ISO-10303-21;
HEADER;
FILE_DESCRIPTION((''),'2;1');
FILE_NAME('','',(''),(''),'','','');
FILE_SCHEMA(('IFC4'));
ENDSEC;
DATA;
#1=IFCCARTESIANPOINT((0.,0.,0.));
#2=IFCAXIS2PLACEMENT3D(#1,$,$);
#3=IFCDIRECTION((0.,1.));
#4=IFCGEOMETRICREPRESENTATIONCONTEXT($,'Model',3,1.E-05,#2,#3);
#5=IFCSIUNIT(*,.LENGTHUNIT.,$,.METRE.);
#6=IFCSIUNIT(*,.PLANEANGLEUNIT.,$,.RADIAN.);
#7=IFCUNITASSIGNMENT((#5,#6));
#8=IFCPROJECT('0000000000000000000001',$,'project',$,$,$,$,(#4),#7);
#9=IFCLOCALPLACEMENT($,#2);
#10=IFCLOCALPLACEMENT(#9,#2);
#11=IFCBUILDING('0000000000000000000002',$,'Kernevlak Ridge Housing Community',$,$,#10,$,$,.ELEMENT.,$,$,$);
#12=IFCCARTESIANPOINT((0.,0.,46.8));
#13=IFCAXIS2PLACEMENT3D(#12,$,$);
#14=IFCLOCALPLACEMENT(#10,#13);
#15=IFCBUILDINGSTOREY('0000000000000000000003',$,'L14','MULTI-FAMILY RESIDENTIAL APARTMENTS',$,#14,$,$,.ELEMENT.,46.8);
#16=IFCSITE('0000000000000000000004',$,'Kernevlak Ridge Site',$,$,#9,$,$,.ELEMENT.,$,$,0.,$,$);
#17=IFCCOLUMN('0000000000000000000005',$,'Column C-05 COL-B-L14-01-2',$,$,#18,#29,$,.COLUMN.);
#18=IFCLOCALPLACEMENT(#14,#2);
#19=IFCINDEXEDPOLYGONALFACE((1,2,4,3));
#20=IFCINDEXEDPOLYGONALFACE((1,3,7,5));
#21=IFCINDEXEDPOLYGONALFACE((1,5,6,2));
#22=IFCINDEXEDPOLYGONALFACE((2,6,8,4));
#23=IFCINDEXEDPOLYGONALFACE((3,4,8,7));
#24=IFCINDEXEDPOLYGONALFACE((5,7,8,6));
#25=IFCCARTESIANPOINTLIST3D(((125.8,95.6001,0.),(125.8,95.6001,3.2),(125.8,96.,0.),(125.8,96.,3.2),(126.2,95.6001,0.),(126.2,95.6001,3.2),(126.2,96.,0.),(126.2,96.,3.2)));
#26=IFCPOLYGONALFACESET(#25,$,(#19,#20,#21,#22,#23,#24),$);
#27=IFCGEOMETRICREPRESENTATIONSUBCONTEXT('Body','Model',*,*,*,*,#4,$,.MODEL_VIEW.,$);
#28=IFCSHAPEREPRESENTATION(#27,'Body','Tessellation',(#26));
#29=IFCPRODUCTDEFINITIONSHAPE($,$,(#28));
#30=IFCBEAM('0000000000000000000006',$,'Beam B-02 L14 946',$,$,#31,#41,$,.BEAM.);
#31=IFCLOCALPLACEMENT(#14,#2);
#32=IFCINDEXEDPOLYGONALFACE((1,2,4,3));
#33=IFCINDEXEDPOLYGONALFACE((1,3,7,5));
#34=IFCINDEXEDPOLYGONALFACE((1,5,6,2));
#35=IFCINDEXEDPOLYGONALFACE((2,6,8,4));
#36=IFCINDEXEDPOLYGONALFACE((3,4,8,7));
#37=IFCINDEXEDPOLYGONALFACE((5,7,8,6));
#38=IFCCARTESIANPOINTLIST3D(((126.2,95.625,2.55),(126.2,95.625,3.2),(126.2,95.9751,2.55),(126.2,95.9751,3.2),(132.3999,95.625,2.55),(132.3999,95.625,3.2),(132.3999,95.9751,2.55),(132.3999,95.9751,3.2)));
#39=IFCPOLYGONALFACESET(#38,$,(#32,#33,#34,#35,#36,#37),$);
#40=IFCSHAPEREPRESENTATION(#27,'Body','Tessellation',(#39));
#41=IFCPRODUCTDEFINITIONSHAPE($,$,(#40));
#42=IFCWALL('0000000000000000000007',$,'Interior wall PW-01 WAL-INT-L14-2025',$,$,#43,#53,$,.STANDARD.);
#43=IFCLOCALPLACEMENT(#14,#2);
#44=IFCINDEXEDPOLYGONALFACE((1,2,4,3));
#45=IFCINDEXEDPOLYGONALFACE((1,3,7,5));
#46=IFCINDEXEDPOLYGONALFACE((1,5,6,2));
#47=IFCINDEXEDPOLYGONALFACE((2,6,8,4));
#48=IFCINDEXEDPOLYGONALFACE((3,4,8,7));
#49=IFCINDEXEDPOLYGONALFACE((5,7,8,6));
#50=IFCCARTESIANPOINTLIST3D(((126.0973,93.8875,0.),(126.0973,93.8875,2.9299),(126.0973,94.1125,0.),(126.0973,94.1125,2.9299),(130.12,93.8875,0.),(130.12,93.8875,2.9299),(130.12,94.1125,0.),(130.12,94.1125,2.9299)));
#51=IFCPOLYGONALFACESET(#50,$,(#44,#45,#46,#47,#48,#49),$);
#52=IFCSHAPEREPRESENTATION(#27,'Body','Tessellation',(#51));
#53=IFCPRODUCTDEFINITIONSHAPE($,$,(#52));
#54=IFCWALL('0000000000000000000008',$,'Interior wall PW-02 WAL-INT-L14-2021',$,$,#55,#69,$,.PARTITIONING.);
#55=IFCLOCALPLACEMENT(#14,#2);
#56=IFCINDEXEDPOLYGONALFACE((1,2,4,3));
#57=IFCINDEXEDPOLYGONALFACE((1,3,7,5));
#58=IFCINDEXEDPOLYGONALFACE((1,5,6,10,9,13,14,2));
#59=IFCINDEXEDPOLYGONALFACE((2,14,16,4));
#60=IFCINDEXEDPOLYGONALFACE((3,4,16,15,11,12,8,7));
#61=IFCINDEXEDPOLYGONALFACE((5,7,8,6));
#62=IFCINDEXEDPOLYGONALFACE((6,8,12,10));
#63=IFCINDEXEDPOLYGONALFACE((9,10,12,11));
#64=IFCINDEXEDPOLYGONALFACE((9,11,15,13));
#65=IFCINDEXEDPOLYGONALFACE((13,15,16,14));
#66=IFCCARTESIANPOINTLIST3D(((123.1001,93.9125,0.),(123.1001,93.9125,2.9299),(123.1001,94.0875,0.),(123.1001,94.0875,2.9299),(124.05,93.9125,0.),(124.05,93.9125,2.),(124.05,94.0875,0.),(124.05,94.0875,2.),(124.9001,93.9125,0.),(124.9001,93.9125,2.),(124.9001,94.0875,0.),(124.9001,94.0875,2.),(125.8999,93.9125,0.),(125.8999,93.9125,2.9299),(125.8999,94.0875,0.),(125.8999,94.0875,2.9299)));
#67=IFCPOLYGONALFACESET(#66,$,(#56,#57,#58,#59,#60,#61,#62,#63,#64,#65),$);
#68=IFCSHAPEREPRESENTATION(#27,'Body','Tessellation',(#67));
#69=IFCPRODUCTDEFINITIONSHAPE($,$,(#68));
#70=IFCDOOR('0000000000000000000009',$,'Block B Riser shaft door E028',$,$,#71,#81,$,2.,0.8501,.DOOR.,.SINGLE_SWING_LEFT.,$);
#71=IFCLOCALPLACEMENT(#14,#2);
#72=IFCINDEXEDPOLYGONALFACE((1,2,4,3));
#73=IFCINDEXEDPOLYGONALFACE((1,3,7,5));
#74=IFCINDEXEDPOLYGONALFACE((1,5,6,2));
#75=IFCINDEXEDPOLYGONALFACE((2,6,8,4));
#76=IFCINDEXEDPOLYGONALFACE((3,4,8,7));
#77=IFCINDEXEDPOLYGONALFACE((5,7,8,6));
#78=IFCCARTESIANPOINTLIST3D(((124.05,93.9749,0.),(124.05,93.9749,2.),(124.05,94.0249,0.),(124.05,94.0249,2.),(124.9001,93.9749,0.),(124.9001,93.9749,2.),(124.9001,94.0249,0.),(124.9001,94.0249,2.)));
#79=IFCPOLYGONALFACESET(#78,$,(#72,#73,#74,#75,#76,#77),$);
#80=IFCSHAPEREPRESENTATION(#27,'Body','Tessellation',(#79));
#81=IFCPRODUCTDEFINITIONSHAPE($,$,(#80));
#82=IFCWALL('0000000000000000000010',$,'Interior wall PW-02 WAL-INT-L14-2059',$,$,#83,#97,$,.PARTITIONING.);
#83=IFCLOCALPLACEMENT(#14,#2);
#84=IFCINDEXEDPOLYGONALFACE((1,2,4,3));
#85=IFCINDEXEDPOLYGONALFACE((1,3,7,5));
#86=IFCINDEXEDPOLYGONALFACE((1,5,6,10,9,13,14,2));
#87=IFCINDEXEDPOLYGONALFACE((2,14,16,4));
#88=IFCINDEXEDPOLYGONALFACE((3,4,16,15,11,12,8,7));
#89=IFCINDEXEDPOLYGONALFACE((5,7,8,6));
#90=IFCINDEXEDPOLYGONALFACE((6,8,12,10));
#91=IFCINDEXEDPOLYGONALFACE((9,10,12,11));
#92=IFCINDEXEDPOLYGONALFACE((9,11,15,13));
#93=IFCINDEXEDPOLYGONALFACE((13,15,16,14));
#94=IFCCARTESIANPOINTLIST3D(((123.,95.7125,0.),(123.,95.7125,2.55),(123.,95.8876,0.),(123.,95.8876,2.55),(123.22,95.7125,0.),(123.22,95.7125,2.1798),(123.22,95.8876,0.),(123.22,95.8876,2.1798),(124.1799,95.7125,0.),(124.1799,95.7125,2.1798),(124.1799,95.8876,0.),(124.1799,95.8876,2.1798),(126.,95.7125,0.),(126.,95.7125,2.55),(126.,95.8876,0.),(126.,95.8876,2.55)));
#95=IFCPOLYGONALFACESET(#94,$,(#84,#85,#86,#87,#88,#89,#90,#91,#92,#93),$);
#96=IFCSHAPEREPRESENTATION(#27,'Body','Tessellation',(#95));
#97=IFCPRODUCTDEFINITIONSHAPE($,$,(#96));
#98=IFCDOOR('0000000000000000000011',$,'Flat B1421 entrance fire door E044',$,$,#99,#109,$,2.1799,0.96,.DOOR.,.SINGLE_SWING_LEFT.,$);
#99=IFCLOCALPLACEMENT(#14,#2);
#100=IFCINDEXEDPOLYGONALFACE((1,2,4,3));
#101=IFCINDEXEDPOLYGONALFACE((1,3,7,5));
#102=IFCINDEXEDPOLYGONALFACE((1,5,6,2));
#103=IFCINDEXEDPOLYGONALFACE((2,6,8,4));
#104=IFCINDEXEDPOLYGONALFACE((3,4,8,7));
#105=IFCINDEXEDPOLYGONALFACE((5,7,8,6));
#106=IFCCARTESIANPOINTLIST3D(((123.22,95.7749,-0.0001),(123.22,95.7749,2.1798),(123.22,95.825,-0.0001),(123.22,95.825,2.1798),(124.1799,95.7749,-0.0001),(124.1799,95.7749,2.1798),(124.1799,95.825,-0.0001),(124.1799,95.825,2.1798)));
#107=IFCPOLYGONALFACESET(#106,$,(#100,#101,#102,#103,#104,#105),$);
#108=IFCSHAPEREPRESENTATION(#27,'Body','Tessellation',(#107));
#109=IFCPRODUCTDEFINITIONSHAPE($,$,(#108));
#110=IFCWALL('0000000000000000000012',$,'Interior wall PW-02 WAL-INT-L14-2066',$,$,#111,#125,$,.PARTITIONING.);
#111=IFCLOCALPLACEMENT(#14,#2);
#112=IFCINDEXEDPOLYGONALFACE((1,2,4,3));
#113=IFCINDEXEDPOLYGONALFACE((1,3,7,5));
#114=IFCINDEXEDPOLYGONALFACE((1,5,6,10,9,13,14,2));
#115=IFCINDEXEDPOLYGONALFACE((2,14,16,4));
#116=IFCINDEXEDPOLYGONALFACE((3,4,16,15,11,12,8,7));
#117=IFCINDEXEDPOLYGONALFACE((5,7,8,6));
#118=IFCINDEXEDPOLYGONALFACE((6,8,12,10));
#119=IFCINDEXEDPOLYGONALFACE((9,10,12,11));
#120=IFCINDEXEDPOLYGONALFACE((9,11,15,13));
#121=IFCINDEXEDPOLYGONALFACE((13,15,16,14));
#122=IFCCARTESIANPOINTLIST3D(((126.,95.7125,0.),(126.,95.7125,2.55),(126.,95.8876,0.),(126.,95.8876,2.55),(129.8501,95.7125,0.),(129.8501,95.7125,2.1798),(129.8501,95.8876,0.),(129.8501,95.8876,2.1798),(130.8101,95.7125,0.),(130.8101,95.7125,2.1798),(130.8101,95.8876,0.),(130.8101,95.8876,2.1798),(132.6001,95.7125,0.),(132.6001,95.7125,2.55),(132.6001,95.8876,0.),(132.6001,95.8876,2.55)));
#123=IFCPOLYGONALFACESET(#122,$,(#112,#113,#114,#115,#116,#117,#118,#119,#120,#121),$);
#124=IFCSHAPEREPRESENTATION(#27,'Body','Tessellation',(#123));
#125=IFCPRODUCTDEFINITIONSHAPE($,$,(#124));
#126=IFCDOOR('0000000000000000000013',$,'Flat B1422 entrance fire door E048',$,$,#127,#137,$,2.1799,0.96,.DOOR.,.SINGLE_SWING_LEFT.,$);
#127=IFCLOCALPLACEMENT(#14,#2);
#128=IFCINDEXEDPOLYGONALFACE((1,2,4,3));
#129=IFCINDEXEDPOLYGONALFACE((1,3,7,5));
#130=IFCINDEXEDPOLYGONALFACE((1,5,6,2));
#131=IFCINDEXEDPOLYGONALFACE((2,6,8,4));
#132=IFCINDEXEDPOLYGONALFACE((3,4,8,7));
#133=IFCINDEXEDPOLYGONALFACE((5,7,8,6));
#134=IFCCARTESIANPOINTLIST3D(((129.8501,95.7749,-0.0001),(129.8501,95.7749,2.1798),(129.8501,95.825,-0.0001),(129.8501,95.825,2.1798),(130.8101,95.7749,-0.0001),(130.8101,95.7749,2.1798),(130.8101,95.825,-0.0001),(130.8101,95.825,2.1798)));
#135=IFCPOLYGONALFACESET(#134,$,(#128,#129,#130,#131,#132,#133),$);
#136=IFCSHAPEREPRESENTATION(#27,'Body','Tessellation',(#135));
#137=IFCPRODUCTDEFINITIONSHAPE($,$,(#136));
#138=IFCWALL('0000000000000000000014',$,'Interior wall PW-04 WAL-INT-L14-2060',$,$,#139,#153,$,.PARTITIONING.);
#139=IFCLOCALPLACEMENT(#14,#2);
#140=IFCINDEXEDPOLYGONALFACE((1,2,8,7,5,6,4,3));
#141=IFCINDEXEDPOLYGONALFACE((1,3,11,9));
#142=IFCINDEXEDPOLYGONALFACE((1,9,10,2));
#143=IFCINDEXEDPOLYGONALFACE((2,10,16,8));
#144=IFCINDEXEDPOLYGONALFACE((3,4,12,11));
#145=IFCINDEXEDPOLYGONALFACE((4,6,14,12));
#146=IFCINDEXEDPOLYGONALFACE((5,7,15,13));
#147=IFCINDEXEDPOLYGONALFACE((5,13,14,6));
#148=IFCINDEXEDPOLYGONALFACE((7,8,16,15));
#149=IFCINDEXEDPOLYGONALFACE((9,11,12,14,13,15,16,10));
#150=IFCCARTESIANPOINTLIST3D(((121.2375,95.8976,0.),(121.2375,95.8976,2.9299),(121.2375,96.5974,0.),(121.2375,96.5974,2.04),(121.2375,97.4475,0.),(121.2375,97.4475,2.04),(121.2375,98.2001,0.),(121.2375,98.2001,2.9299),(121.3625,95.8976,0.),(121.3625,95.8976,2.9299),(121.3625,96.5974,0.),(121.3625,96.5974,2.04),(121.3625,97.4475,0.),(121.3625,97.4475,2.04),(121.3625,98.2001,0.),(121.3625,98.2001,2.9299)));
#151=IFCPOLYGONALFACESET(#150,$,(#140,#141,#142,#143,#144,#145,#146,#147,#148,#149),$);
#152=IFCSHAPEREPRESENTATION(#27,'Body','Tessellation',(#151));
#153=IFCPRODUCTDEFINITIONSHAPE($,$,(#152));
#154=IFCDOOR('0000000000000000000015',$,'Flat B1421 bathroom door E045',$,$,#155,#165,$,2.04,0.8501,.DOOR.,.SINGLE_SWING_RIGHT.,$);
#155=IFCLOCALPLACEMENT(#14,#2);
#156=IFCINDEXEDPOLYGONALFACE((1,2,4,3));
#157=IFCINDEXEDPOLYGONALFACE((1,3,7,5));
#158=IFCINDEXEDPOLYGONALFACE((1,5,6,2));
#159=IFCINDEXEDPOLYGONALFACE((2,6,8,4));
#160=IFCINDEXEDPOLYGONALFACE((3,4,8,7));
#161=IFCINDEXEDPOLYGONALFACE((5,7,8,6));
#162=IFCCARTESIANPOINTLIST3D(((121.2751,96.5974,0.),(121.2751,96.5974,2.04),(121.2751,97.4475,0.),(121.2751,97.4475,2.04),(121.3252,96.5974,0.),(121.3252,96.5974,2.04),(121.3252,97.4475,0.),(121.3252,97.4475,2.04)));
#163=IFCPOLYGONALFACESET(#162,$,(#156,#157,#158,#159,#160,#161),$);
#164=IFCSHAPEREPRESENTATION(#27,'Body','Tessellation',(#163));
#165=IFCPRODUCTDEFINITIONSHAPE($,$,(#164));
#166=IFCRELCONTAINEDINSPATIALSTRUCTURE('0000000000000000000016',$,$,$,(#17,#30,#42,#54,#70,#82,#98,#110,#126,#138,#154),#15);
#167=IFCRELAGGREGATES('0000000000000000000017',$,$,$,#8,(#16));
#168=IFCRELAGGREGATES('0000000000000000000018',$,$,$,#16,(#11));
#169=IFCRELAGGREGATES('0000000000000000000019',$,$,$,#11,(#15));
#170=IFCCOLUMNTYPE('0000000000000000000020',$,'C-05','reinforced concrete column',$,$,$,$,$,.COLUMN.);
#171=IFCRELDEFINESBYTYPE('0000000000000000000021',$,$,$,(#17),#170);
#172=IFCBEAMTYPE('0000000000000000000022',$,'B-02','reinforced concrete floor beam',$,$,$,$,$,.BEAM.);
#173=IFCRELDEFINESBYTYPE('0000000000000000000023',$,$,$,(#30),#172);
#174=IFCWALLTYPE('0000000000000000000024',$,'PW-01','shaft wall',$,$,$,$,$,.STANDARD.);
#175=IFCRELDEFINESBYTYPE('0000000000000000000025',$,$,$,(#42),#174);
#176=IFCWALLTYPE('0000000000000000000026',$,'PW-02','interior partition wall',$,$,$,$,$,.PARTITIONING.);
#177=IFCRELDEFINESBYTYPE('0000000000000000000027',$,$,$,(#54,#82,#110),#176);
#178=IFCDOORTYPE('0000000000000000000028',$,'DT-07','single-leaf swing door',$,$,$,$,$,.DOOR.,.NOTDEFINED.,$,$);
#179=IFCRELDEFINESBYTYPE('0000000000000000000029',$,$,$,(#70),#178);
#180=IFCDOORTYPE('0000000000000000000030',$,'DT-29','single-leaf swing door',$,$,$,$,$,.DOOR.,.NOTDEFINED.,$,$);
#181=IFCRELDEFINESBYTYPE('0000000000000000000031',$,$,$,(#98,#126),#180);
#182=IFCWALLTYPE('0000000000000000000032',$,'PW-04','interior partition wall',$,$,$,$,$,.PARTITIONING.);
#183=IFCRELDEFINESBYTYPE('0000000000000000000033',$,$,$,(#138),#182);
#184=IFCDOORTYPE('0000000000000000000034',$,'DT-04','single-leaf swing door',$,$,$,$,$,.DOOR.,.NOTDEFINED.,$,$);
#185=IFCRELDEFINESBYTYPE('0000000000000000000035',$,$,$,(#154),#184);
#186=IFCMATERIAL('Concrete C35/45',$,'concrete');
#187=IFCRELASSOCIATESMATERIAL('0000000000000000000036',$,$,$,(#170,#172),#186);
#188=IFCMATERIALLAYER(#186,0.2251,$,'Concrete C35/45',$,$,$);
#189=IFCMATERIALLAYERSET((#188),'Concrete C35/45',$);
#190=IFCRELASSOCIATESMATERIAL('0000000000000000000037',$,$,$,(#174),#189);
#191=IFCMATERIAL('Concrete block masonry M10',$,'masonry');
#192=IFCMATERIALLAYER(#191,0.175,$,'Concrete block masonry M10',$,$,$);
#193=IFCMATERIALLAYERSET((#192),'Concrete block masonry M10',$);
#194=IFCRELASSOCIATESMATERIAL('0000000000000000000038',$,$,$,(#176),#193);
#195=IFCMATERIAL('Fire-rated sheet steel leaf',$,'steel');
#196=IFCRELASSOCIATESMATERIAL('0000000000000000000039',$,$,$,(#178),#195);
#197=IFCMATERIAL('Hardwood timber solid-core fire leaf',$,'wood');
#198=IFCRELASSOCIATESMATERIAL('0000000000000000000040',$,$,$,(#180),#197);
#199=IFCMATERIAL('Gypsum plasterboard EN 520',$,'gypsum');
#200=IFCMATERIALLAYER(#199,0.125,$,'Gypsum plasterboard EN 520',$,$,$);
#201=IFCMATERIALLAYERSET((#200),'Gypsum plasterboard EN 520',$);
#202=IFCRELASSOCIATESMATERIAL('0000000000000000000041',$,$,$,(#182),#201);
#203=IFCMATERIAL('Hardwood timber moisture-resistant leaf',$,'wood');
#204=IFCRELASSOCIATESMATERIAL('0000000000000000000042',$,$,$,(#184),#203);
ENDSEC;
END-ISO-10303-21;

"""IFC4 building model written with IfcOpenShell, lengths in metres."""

from ifc_helpers import new_model, si_unit, direction, frame, frame_2d, origin, origin_2d, place, context, subcontext, project, spatial, rectangle, extrude, material, layer, layer_set, material_profile, profile_set, type_object, element, fill, save


model = new_model("IFC4")

# Units and contexts
model_context = context("Model", 3, precision=1e-05, world=origin(), true_north=direction((0.0, 1.0)))
body_context = subcontext(model_context, "Body", "Model", "MODEL_VIEW")
ifc_project = project(units=[si_unit("LENGTHUNIT", "METRE"), si_unit("PLANEANGLEUNIT", "RADIAN")], contexts=[model_context])

# Site, building, storey
site_placement = place(None, origin())
site = spatial("IfcSite", under=ifc_project, at=site_placement, Name="Kernevlak Ridge Site", CompositionType="ELEMENT", RefElevation=0.0)
building_placement = place(site_placement, origin())
building = spatial("IfcBuilding", under=site, at=building_placement, Name="Kernevlak Ridge Housing Community", CompositionType="ELEMENT")
storey_placement = place(building_placement, frame((0.0, 0.0, 46.8)))
storey = spatial("IfcBuildingStorey", under=building, at=storey_placement, Name="L14", Description="MULTI-FAMILY RESIDENTIAL APARTMENTS", CompositionType="ELEMENT", Elevation=46.8)

# Column
ifc_material_1 = material(Name="Concrete C35/45", Category="concrete")
ifc_material_profile_1 = material_profile(ifc_material_1, rectangle(XDim=0.3999, YDim=0.3999, at=origin_2d()), Name="RC 400x400")
ifc_profile_set_1 = profile_set([ifc_material_profile_1], Name="Concrete C35/45")
column_type = type_object("IfcColumnType", Name="C-05", Description="reinforced concrete column", PredefinedType="COLUMN", material=ifc_profile_set_1)
column_placement = place(storey_placement, frame((126.0, 95.8, 0.0), z_axis=(0.0, 0.0, 1.0), x_axis=(1.0, 0.0, 0.0)))
element("IfcColumn", 1, at=column_placement, inside=storey, type_object=column_type, Name="Column C-05 COL-B-L14-01-2", PredefinedType="COLUMN", context=body_context, shape_type="SweptSolid", body=[
    extrude(rectangle(XDim=0.3999, YDim=0.3999, at=origin_2d()), origin(), (0.0, 0.0, 1.0), 3.2),
])

# Beam
ifc_material_profile_2 = material_profile(ifc_material_1, rectangle(XDim=0.3501, YDim=0.6499, at=origin_2d()), Name="RC 350x650")
ifc_profile_set_2 = profile_set([ifc_material_profile_2], Name="Concrete C35/45")
beam_type = type_object("IfcBeamType", Name="B-02", Description="reinforced concrete floor beam", PredefinedType="BEAM", material=ifc_profile_set_2)
beam_placement = place(storey_placement, frame((126.2, 95.8, 2.875), z_axis=(1.0, 0.0, 0.0), x_axis=(0.0, 1.0, 0.0)))
element("IfcBeam", 2, at=beam_placement, inside=storey, type_object=beam_type, Name="Beam B-02 L14 946", PredefinedType="BEAM", context=body_context, shape_type="SweptSolid", body=[
    extrude(rectangle(XDim=0.3501, YDim=0.6499, at=origin_2d()), origin(), (0.0, 0.0, 1.0), 6.2),
])

# Wall
ifc_layer_1 = layer(ifc_material_1, 0.2251, Name="Concrete C35/45")
ifc_layer_set_1 = layer_set([ifc_layer_1], Name="Concrete C35/45")
wall_type_1 = type_object("IfcWallType", Name="PW-01", Description="shaft wall", PredefinedType="STANDARD", material=ifc_layer_set_1)
wall_1_placement = place(storey_placement, frame((126.0974, 94.0, 0.0), z_axis=(0.0, 0.0, 1.0), x_axis=(1.0, 0.0, 0.0)))
element("IfcWall", 3, at=wall_1_placement, inside=storey, type_object=wall_type_1, Name="Interior wall PW-01 WAL-INT-L14-2025", PredefinedType="STANDARD", context=body_context, shape_type="SweptSolid", body=[
    extrude(rectangle(XDim=4.0227, YDim=0.2251, at=frame_2d((2.0112, 0.0))), origin(), (0.0, 0.0, 1.0), 2.9299),
])

# Walls, openings, doors
ifc_material_2 = material(Name="Concrete block masonry M10", Category="masonry")
ifc_layer_2 = layer(ifc_material_2, 0.175, Name="Concrete block masonry M10")
ifc_layer_set_2 = layer_set([ifc_layer_2], Name="Concrete block masonry M10")
wall_type_2 = type_object("IfcWallType", Name="PW-02", Description="interior partition wall", PredefinedType="PARTITIONING", material=ifc_layer_set_2)
wall_2_placement = place(storey_placement, frame((123.1001, 94.0, 0.0), z_axis=(0.0, 0.0, 1.0), x_axis=(1.0, 0.0, 0.0)))
wall_2 = element("IfcWall", 4, at=wall_2_placement, inside=storey, type_object=wall_type_2, Name="Interior wall PW-02 WAL-INT-L14-2021", PredefinedType="PARTITIONING", context=body_context, shape_type="SweptSolid", body=[
    extrude(rectangle(XDim=2.7998, YDim=0.175, at=frame_2d((1.3999, 0.0))), origin(), (0.0, 0.0, 1.0), 2.9299),
])
opening_1_placement = place(wall_2_placement, frame((0.95, 0.0, 0.0)))
opening_1 = element("IfcOpeningElement", 5, at=opening_1_placement, cuts=wall_2, PredefinedType="OPENING", context=body_context, shape_type="SweptSolid", body=[
    extrude(rectangle(XDim=0.8501, YDim=2.0, at=frame_2d((0.425, 1.0))), frame((0.0, 0.0974, 0.0), z_axis=(0.0, -1.0, 0.0), x_axis=(1.0, 0.0, 0.0)), (0.0, 0.0, 1.0), 0.1951),
])
ifc_material_3 = material(Name="Fire-rated sheet steel leaf", Category="steel")
door_type_1 = type_object("IfcDoorType", Name="DT-07", Description="single-leaf swing door", OperationType="NOTDEFINED", PredefinedType="DOOR", material=ifc_material_3)
door_1_placement = place(opening_1_placement, origin())
door_1 = element("IfcDoor", 6, at=door_1_placement, inside=storey, type_object=door_type_1, Name="Block B Riser shaft door E028", OperationType="SINGLE_SWING_LEFT", OverallHeight=2.0, OverallWidth=0.8501, PredefinedType="DOOR", context=body_context, shape_type="SweptSolid", body=[
    extrude(rectangle(XDim=0.8501, YDim=2.0, at=frame_2d((0.425, 1.0))), frame((0.0, 0.0249, 0.0), z_axis=(0.0, -1.0, 0.0), x_axis=(1.0, 0.0, 0.0)), (0.0, 0.0, 1.0), 0.05),
])
fill(opening_1, door_1)
wall_3_placement = place(storey_placement, frame((123.0, 95.8, 0.0), z_axis=(0.0, 0.0, 1.0), x_axis=(1.0, 0.0, 0.0)))
wall_3 = element("IfcWall", 7, at=wall_3_placement, inside=storey, type_object=wall_type_2, Name="Interior wall PW-02 WAL-INT-L14-2059", PredefinedType="PARTITIONING", context=body_context, shape_type="SweptSolid", body=[
    extrude(rectangle(XDim=3.0, YDim=0.175, at=frame_2d((1.5, 0.0))), origin(), (0.0, 0.0, 1.0), 2.55),
])
opening_2_placement = place(wall_3_placement, frame((0.22, 0.0, 0.0)))
opening_2 = element("IfcOpeningElement", 8, at=opening_2_placement, cuts=wall_3, PredefinedType="OPENING", context=body_context, shape_type="SweptSolid", body=[
    extrude(rectangle(XDim=0.96, YDim=2.1799, at=frame_2d((0.48, 1.0898))), frame((0.0, 0.0974, 0.0), z_axis=(0.0, -1.0, 0.0), x_axis=(1.0, 0.0, 0.0)), (0.0, 0.0, 1.0), 0.1951),
])
ifc_material_4 = material(Name="Hardwood timber solid-core fire leaf", Category="wood")
door_type_2 = type_object("IfcDoorType", Name="DT-29", Description="single-leaf swing door", OperationType="NOTDEFINED", PredefinedType="DOOR", material=ifc_material_4)
door_2_placement = place(opening_2_placement, origin())
door_2 = element("IfcDoor", 9, at=door_2_placement, inside=storey, type_object=door_type_2, Name="Flat B1421 entrance fire door E044", OperationType="SINGLE_SWING_LEFT", OverallHeight=2.1799, OverallWidth=0.96, PredefinedType="DOOR", context=body_context, shape_type="SweptSolid", body=[
    extrude(rectangle(XDim=0.96, YDim=2.1799, at=frame_2d((0.48, 1.0898))), frame((0.0, 0.0249, 0.0), z_axis=(0.0, -1.0, 0.0), x_axis=(1.0, 0.0, 0.0)), (0.0, 0.0, 1.0), 0.05),
])
fill(opening_2, door_2)
wall_4_placement = place(storey_placement, frame((126.0, 95.8, 0.0), z_axis=(0.0, 0.0, 1.0), x_axis=(1.0, 0.0, 0.0)))
wall_4 = element("IfcWall", 10, at=wall_4_placement, inside=storey, type_object=wall_type_2, Name="Interior wall PW-02 WAL-INT-L14-2066", PredefinedType="PARTITIONING", context=body_context, shape_type="SweptSolid", body=[
    extrude(rectangle(XDim=6.6001, YDim=0.175, at=frame_2d((3.3, 0.0))), origin(), (0.0, 0.0, 1.0), 2.55),
])
opening_3_placement = place(wall_4_placement, frame((3.8501, 0.0, 0.0)))
opening_3 = element("IfcOpeningElement", 11, at=opening_3_placement, cuts=wall_4, PredefinedType="OPENING", context=body_context, shape_type="SweptSolid", body=[
    extrude(rectangle(XDim=0.96, YDim=2.1799, at=frame_2d((0.48, 1.0898))), frame((0.0, 0.0974, 0.0), z_axis=(0.0, -1.0, 0.0), x_axis=(1.0, 0.0, 0.0)), (0.0, 0.0, 1.0), 0.1951),
])
door_3_placement = place(opening_3_placement, origin())
door_3 = element("IfcDoor", 12, at=door_3_placement, inside=storey, type_object=door_type_2, Name="Flat B1422 entrance fire door E048", OperationType="SINGLE_SWING_LEFT", OverallHeight=2.1799, OverallWidth=0.96, PredefinedType="DOOR", context=body_context, shape_type="SweptSolid", body=[
    extrude(rectangle(XDim=0.96, YDim=2.1799, at=frame_2d((0.48, 1.0898))), frame((0.0, 0.0249, 0.0), z_axis=(0.0, -1.0, 0.0), x_axis=(1.0, 0.0, 0.0)), (0.0, 0.0, 1.0), 0.05),
])
fill(opening_3, door_3)
ifc_material_5 = material(Name="Gypsum plasterboard EN 520", Category="gypsum")
ifc_layer_3 = layer(ifc_material_5, 0.125, Name="Gypsum plasterboard EN 520")
ifc_layer_set_3 = layer_set([ifc_layer_3], Name="Gypsum plasterboard EN 520")
wall_type_3 = type_object("IfcWallType", Name="PW-04", Description="interior partition wall", PredefinedType="PARTITIONING", material=ifc_layer_set_3)
wall_5_placement = place(storey_placement, frame((121.3, 95.8975, 0.0), z_axis=(0.0, 0.0, 1.0), x_axis=(0.0, 1.0, 0.0)))
wall_5 = element("IfcWall", 13, at=wall_5_placement, inside=storey, type_object=wall_type_3, Name="Interior wall PW-04 WAL-INT-L14-2060", PredefinedType="PARTITIONING", context=body_context, shape_type="SweptSolid", body=[
    extrude(rectangle(XDim=2.3025, YDim=0.125, at=frame_2d((1.1514, 0.0))), origin(), (0.0, 0.0, 1.0), 2.9299),
])
opening_4_placement = place(wall_5_placement, frame((0.7, 0.0, 0.0)))
opening_4 = element("IfcOpeningElement", 14, at=opening_4_placement, cuts=wall_5, PredefinedType="OPENING", context=body_context, shape_type="SweptSolid", body=[
    extrude(rectangle(XDim=0.8501, YDim=2.04, at=frame_2d((0.425, 1.02))), frame((0.0, 0.0725, 0.0), z_axis=(0.0, -1.0, 0.0), x_axis=(1.0, 0.0, 0.0)), (0.0, 0.0, 1.0), 0.145),
])
ifc_material_6 = material(Name="Hardwood timber moisture-resistant leaf", Category="wood")
door_type_3 = type_object("IfcDoorType", Name="DT-04", Description="single-leaf swing door", OperationType="NOTDEFINED", PredefinedType="DOOR", material=ifc_material_6)
door_4_placement = place(opening_4_placement, origin())
door_4 = element("IfcDoor", 15, at=door_4_placement, inside=storey, type_object=door_type_3, Name="Flat B1421 bathroom door E045", OperationType="SINGLE_SWING_RIGHT", OverallHeight=2.04, OverallWidth=0.8501, PredefinedType="DOOR", context=body_context, shape_type="SweptSolid", body=[
    extrude(rectangle(XDim=0.8501, YDim=2.04, at=frame_2d((0.425, 1.02))), frame((0.0, 0.0249, 0.0), z_axis=(0.0, -1.0, 0.0), x_axis=(1.0, 0.0, 0.0)), (0.0, 0.0, 1.0), 0.05),
])
fill(opening_4, door_4)

save(model, "model.ifc")
